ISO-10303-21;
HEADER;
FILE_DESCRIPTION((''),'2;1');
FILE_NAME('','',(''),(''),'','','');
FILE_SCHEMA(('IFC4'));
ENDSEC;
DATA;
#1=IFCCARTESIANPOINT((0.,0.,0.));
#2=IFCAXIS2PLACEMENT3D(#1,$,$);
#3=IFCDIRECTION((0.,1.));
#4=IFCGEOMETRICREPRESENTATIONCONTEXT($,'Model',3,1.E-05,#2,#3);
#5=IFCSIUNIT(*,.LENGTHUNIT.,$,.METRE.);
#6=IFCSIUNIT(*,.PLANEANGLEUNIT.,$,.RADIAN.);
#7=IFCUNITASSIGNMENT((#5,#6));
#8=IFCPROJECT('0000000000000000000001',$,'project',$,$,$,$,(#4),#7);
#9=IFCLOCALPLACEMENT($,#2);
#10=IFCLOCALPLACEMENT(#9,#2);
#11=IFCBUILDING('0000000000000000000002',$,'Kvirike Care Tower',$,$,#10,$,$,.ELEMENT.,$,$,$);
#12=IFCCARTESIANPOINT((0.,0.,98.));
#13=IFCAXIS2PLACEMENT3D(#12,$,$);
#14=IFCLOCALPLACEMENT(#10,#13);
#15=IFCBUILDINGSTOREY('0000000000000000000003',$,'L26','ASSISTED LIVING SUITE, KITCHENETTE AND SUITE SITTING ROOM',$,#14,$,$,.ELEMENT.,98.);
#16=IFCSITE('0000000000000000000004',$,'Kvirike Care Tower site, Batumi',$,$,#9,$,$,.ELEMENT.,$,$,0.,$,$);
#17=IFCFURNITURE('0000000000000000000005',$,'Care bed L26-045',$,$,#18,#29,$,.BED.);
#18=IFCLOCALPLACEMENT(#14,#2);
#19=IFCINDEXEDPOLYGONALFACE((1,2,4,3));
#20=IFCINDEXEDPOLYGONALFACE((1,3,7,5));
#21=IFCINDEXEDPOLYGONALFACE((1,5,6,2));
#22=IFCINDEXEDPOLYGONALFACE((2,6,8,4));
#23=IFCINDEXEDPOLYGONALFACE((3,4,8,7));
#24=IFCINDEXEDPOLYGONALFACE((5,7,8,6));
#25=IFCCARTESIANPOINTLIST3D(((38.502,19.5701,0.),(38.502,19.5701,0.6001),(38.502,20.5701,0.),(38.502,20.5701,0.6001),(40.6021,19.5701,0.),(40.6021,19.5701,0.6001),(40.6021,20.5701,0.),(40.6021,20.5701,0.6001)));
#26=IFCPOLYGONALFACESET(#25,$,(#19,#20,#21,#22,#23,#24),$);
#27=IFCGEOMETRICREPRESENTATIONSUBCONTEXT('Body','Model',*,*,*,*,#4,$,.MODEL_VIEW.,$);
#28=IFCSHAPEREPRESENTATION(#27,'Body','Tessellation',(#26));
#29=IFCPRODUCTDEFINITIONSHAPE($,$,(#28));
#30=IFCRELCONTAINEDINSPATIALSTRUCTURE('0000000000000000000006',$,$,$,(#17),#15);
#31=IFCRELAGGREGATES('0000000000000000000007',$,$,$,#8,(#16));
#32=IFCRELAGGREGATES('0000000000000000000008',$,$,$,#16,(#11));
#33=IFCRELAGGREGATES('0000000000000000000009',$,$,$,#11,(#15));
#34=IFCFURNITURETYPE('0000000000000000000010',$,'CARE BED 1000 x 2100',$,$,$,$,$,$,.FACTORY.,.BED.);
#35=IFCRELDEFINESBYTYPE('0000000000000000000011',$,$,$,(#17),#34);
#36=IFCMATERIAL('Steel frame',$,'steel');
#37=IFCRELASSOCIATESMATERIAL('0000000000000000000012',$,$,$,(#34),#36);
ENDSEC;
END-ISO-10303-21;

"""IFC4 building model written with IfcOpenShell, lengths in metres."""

from ifc_helpers import new_model, si_unit, direction, frame, origin, origin_2d, place, context, subcontext, project, spatial, rectangle, extrude, material, type_object, element, save


model = new_model("IFC4")

# Units and contexts
model_context = context("Model", 3, precision=1e-05, world=origin(), true_north=direction((0.0, 1.0)))
body_context = subcontext(model_context, "Body", "Model", "MODEL_VIEW")
ifc_project = project(units=[si_unit("LENGTHUNIT", "METRE"), si_unit("PLANEANGLEUNIT", "RADIAN")], contexts=[model_context])

# Site, building, storey
site_placement = place(None, origin())
site = spatial("IfcSite", under=ifc_project, at=site_placement, Name="Kvirike Care Tower site, Batumi", CompositionType="ELEMENT", RefElevation=0.0)
building_placement = place(site_placement, origin())
building = spatial("IfcBuilding", under=site, at=building_placement, Name="Kvirike Care Tower", CompositionType="ELEMENT")
storey_placement = place(building_placement, frame((0.0, 0.0, 98.0)))
storey = spatial("IfcBuildingStorey", under=building, at=storey_placement, Name="L26", Description="ASSISTED LIVING SUITE, KITCHENETTE AND SUITE SITTING ROOM", CompositionType="ELEMENT", Elevation=98.0)

# Furniture
ifc_material_1 = material(Name="Steel frame", Category="steel")
furniture_type = type_object("IfcFurnitureType", Name="CARE BED 1000 x 2100", AssemblyPlace="FACTORY", PredefinedType="BED", material=ifc_material_1)
furniture_placement = place(storey_placement, frame((39.552, 20.0701, 0.0), z_axis=(0.0, 0.0, 1.0), x_axis=(0.0, 1.0, 0.0)))
element("IfcFurniture", 1, at=furniture_placement, inside=storey, type_object=furniture_type, Name="Care bed L26-045", PredefinedType="BED", context=body_context, shape_type="SweptSolid", body=[
    extrude(rectangle(XDim=1.0, YDim=2.1001, at=origin_2d()), origin(), (0.0, 0.0, 1.0), 0.6001),
])

save(model, "model.ifc")
